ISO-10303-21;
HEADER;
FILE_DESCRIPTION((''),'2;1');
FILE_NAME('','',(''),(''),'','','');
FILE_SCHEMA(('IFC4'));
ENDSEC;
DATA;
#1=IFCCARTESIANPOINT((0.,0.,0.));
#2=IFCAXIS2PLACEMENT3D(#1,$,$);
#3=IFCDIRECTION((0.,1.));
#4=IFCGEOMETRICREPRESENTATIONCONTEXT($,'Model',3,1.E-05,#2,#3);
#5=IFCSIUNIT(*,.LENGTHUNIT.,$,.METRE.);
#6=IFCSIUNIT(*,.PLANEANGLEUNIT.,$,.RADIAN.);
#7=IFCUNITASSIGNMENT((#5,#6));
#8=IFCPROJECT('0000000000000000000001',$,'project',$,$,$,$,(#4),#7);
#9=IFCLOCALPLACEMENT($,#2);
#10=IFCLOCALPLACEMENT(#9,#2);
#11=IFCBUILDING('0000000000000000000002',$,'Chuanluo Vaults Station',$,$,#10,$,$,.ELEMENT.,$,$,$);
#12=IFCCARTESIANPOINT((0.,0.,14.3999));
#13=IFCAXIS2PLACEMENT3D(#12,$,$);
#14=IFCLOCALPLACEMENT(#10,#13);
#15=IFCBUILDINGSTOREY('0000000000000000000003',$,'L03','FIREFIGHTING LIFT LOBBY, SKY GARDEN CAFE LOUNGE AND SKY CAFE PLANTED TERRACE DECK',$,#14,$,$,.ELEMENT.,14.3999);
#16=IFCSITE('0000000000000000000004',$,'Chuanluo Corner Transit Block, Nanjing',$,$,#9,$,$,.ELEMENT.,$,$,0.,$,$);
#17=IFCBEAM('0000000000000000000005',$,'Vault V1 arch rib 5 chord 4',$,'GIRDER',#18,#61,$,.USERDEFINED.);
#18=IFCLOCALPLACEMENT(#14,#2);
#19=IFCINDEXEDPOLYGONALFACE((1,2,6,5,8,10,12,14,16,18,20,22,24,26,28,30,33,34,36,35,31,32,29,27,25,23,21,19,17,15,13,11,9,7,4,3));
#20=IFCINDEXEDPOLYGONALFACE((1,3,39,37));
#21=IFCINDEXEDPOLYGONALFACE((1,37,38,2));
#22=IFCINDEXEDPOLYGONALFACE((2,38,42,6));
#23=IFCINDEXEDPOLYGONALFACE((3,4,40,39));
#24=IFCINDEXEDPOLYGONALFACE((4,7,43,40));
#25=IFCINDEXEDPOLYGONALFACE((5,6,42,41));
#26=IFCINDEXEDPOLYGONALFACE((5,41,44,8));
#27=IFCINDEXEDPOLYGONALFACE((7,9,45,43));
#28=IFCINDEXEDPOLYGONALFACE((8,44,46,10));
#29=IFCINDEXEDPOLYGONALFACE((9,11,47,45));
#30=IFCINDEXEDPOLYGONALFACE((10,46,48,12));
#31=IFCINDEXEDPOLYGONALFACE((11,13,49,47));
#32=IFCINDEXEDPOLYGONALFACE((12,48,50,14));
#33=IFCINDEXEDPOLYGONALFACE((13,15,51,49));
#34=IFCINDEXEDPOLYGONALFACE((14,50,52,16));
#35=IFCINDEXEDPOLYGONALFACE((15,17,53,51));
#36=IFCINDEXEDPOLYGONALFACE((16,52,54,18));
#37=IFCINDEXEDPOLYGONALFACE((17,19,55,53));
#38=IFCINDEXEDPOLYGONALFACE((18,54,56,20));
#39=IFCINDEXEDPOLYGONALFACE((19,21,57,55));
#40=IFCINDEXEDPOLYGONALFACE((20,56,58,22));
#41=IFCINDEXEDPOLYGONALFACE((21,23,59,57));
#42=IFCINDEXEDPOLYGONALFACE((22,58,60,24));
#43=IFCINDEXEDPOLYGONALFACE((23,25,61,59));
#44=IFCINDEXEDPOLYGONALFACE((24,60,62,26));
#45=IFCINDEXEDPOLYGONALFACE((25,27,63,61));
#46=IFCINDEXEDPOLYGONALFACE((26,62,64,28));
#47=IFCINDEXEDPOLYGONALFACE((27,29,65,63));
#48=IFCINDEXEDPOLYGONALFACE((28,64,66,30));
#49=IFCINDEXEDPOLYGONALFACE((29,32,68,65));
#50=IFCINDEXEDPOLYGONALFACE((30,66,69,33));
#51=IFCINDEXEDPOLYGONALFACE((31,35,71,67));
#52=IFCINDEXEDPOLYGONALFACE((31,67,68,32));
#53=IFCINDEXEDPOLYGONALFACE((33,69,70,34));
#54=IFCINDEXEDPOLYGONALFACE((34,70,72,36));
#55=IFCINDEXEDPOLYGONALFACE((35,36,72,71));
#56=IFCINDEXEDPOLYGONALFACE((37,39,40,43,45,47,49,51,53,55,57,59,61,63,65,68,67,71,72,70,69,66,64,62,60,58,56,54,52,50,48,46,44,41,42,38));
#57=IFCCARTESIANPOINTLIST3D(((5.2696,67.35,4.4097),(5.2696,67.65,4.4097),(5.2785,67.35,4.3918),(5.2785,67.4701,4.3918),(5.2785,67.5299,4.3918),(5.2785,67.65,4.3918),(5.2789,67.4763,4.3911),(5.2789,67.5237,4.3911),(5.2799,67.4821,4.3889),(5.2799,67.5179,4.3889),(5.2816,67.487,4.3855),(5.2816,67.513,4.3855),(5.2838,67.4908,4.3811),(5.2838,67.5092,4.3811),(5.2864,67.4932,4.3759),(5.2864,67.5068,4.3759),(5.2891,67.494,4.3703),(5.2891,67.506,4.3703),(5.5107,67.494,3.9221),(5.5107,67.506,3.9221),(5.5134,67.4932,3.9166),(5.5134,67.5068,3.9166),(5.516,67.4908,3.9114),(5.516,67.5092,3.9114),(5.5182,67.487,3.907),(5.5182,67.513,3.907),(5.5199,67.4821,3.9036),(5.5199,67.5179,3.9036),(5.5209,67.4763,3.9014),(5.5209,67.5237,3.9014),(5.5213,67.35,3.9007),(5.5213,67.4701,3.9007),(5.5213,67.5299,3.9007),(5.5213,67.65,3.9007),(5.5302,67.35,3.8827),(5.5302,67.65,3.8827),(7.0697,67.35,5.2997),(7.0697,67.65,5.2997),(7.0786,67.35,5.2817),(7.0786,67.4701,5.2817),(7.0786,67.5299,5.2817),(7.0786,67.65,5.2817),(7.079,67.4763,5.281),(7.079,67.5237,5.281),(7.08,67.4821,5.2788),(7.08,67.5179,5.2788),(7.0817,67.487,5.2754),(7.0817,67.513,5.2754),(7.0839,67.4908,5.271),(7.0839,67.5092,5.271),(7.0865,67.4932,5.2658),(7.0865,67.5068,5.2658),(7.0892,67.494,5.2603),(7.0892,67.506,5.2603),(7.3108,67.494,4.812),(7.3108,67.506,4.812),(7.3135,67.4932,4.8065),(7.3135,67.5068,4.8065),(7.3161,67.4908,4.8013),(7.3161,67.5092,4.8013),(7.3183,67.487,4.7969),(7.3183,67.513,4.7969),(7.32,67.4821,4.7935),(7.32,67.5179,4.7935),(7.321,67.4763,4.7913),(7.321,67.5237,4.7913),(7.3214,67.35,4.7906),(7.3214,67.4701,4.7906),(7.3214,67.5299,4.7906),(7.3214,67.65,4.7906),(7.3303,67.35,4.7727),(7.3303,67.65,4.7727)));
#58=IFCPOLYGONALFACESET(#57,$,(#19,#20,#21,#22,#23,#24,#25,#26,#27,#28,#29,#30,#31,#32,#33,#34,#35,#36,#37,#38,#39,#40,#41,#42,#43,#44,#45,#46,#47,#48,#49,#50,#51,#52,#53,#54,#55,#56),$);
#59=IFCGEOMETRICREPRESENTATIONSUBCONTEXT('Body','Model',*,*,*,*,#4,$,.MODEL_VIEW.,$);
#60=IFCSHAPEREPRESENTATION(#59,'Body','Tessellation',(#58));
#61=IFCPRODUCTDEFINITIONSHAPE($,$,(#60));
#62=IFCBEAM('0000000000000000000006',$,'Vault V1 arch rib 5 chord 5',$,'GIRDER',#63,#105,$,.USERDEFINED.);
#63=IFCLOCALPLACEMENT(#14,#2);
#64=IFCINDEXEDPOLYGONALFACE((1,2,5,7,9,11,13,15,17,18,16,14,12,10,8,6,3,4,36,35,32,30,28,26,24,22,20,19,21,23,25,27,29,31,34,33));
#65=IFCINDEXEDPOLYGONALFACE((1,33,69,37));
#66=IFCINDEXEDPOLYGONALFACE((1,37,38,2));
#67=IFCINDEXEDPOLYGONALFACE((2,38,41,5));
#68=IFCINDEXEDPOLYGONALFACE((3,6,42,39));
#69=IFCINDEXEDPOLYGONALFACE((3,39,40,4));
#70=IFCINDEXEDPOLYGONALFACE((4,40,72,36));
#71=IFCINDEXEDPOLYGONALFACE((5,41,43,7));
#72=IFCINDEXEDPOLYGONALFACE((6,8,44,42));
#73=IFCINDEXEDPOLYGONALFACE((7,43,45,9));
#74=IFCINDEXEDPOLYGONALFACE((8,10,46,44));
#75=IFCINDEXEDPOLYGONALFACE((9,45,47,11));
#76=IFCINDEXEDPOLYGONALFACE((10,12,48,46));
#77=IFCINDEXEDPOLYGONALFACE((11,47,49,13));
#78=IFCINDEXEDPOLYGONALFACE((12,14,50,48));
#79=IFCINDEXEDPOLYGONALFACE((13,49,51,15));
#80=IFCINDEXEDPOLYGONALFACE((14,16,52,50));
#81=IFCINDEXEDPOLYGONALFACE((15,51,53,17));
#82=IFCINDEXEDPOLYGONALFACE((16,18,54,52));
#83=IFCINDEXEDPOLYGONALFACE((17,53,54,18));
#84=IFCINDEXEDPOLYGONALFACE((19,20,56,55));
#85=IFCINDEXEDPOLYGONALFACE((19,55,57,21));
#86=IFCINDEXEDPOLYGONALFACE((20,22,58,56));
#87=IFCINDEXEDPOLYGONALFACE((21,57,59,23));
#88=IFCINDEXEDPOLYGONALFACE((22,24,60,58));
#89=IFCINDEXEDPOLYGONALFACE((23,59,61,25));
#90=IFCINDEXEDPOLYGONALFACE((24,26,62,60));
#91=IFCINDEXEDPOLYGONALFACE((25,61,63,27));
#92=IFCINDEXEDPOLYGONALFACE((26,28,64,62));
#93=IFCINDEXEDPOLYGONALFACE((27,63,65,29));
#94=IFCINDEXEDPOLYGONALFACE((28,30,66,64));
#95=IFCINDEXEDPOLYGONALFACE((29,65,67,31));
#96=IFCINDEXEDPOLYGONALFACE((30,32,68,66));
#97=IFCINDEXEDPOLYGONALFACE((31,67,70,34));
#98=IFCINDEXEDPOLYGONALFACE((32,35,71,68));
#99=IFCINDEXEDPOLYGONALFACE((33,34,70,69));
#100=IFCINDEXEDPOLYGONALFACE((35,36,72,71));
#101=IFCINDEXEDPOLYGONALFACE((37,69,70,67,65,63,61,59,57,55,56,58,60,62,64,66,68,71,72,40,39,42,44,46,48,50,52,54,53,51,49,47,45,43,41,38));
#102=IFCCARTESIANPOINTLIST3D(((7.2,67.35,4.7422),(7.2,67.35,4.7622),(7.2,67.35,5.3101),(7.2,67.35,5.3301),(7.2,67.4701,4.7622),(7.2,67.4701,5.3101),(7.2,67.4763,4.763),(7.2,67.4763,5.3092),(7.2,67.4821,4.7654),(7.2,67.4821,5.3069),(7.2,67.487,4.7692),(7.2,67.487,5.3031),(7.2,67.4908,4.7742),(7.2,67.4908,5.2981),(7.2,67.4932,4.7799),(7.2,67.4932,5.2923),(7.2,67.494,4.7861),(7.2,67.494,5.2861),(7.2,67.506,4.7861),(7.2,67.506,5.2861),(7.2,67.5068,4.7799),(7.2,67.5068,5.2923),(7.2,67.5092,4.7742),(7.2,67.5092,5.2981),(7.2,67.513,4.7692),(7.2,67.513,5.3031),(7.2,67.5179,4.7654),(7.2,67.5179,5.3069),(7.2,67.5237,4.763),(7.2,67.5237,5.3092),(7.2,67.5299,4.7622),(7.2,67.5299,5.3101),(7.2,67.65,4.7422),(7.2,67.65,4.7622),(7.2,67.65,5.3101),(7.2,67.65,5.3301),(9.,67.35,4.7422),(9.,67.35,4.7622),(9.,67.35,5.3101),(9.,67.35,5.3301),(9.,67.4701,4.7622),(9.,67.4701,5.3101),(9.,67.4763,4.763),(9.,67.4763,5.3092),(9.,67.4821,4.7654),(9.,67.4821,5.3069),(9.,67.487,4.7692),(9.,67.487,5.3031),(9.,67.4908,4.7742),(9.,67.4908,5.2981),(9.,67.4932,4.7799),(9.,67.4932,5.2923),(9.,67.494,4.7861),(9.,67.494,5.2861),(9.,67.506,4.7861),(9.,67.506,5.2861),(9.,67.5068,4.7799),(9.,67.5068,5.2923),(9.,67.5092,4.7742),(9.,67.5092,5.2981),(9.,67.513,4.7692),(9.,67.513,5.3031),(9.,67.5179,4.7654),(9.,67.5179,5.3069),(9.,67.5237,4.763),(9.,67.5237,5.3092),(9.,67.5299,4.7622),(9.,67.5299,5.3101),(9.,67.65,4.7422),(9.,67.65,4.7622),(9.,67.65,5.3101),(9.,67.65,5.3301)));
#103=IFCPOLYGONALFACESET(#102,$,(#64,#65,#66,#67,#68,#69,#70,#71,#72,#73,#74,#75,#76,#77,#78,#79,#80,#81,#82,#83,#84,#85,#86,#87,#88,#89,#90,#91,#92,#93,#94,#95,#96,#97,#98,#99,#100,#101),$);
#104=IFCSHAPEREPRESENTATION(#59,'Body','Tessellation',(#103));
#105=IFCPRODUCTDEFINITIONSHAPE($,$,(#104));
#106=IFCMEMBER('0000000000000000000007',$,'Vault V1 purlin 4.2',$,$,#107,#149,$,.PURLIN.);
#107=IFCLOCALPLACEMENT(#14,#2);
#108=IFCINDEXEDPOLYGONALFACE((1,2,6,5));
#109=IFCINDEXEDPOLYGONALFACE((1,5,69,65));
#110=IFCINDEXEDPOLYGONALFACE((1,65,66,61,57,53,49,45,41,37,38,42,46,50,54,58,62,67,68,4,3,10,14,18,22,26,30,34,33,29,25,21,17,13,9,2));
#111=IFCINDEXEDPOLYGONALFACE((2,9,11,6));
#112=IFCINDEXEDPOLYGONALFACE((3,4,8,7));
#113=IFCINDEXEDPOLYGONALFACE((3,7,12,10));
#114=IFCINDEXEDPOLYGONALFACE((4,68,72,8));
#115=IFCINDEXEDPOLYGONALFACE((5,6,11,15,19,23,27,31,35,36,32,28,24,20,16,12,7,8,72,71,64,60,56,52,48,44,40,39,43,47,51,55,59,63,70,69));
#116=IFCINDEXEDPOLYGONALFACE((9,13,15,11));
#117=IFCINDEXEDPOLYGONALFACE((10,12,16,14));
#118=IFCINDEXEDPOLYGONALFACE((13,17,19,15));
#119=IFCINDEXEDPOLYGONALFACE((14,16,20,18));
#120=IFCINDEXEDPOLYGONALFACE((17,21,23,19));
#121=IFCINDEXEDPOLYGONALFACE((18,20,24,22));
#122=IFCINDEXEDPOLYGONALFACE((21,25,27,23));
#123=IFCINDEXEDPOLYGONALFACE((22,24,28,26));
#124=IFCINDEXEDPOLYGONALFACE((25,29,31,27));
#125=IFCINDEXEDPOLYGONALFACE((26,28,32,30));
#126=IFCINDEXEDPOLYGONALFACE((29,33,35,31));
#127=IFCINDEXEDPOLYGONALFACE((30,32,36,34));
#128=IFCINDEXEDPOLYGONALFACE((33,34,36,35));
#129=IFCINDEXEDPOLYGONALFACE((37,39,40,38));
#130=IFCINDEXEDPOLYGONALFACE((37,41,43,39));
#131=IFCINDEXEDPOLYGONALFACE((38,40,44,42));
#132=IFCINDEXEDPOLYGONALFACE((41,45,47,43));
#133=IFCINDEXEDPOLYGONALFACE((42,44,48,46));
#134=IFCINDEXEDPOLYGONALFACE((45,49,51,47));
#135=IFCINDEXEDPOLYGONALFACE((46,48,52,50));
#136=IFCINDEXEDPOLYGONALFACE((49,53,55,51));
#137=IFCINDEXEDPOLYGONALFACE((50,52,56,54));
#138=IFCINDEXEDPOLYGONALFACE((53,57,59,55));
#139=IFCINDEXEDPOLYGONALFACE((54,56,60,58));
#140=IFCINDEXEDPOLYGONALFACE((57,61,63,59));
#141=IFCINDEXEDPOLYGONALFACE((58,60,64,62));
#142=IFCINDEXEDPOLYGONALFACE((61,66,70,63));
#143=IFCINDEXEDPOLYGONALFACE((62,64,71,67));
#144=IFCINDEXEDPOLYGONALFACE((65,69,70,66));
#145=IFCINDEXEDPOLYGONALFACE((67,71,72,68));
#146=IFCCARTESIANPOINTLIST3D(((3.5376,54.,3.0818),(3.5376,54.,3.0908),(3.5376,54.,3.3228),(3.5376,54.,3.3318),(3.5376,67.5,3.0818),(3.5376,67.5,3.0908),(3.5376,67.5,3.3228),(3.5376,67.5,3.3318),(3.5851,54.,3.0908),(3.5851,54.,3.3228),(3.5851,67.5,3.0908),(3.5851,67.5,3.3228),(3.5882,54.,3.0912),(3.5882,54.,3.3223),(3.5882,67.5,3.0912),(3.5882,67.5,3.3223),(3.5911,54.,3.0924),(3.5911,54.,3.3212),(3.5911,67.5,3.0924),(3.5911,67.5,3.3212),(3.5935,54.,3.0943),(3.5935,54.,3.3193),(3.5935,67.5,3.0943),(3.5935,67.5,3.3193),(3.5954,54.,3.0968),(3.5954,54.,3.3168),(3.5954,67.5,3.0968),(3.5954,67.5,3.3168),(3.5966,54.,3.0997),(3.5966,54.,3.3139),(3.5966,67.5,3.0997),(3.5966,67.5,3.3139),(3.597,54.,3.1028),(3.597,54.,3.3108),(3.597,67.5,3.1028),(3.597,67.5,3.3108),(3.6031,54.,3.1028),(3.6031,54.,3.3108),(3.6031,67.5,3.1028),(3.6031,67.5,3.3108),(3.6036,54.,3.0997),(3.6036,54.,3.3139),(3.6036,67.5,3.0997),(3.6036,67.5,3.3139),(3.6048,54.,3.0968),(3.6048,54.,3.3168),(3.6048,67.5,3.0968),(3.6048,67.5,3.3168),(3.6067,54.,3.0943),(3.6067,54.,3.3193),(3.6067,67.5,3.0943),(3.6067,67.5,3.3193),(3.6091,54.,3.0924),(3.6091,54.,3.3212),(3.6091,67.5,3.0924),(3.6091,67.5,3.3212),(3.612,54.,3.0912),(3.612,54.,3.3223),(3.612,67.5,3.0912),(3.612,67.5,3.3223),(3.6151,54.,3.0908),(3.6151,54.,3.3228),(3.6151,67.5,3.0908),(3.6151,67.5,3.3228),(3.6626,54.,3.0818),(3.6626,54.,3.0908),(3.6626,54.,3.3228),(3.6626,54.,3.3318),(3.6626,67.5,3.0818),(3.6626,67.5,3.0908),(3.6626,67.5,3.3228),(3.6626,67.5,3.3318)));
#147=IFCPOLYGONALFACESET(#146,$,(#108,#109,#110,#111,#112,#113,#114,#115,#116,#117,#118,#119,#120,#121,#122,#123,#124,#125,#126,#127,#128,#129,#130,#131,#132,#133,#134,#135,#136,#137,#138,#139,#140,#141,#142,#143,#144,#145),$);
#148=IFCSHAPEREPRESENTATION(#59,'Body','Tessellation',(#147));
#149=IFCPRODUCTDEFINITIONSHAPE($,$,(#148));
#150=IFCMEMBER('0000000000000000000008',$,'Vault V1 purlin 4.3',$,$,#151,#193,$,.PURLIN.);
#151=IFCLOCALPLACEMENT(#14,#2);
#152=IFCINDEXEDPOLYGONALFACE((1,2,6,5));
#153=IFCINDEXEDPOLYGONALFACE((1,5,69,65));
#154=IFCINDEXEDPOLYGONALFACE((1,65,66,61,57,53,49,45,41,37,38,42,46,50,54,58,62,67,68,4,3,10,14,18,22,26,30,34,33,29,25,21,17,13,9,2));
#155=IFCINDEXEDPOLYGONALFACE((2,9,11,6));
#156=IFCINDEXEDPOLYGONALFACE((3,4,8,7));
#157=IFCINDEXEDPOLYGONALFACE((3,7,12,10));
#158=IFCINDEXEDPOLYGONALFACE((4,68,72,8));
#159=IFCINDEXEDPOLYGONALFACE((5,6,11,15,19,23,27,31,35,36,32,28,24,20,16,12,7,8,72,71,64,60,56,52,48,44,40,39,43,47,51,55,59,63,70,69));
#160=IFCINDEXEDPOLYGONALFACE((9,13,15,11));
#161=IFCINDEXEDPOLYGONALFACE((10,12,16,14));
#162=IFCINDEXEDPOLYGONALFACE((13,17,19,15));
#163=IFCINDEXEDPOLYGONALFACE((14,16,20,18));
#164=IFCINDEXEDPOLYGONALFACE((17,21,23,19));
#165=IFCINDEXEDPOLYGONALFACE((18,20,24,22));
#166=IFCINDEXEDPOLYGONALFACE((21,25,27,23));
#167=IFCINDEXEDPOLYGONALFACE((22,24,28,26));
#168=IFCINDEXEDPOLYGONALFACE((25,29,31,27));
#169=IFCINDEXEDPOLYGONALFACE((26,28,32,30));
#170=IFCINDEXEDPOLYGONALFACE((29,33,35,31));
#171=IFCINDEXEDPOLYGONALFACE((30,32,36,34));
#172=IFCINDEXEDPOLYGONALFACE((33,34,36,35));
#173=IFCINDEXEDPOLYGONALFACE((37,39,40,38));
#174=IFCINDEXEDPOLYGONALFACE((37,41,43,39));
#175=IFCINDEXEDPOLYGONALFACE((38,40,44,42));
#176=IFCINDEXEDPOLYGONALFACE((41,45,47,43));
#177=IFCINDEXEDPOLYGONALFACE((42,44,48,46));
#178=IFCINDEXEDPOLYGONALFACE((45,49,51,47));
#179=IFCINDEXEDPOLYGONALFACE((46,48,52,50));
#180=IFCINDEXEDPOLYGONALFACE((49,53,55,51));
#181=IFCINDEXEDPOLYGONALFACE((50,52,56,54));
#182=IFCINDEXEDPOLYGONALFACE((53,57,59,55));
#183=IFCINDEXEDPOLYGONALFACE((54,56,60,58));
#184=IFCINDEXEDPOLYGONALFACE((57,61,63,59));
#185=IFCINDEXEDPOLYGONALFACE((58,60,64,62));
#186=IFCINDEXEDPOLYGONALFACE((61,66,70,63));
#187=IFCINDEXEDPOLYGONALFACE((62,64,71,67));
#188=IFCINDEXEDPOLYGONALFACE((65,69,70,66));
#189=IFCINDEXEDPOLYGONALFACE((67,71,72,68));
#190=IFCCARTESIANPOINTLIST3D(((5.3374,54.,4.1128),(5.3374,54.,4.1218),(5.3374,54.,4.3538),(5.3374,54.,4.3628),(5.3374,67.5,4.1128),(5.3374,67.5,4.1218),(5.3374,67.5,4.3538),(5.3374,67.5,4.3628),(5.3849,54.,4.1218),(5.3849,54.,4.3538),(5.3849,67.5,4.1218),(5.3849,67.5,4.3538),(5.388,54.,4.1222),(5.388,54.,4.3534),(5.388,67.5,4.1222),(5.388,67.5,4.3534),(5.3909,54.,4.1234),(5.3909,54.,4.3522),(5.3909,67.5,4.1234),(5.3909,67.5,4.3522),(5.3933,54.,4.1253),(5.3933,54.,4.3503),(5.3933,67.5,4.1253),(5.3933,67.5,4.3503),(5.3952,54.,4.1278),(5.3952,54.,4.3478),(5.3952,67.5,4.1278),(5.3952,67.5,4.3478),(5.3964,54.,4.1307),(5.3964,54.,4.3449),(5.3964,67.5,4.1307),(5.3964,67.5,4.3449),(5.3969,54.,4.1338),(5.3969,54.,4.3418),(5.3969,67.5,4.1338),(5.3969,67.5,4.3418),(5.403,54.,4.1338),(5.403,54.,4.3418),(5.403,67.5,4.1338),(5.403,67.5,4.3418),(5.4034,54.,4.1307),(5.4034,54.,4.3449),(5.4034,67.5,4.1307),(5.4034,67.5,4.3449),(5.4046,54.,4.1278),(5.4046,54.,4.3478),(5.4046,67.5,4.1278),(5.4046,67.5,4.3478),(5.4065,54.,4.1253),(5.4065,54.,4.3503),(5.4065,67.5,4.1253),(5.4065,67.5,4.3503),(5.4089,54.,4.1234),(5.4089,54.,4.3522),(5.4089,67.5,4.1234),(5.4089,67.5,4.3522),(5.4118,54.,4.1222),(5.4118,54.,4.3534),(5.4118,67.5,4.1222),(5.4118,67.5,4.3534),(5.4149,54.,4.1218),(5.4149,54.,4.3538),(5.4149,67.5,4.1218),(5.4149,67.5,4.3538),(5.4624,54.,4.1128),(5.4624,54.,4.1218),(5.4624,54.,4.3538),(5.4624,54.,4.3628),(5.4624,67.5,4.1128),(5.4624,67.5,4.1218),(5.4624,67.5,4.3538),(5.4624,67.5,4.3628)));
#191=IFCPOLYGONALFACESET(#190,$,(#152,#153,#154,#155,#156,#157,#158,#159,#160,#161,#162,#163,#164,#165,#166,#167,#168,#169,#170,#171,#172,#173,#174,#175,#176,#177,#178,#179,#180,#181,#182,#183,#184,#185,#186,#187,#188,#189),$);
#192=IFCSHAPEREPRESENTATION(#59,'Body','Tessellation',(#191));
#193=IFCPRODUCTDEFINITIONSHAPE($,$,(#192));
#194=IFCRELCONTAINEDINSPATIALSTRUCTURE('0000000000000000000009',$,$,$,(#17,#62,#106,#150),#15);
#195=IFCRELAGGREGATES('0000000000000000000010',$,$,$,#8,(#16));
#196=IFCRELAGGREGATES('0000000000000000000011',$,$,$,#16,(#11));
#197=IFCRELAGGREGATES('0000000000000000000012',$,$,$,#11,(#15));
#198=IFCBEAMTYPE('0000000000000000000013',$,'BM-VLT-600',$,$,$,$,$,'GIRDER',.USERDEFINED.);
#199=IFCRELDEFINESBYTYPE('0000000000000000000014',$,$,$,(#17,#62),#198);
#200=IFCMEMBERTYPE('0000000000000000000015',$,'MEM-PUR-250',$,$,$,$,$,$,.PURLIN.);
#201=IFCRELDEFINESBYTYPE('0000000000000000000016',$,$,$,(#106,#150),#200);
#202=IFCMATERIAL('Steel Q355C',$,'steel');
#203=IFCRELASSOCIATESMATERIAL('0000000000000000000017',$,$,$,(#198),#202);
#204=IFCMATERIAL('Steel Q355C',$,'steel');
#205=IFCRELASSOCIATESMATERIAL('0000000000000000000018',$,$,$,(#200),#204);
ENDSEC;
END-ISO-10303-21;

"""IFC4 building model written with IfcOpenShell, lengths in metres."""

from ifc_helpers import new_model, si_unit, direction, frame, origin, origin_2d, place, context, subcontext, project, spatial, i_section, extrude, material, material_profile, profile_set, type_object, element, save


model = new_model("IFC4")

# Units and contexts
model_context = context("Model", 3, precision=1e-05, world=origin(), true_north=direction((0.0, 1.0)))
body_context = subcontext(model_context, "Body", "Model", "MODEL_VIEW")
ifc_project = project(units=[si_unit("LENGTHUNIT", "METRE"), si_unit("PLANEANGLEUNIT", "RADIAN")], contexts=[model_context])

# Site, building, storey
site_placement = place(None, origin())
site = spatial("IfcSite", under=ifc_project, at=site_placement, Name="Chuanluo Corner Transit Block, Nanjing", CompositionType="ELEMENT", RefElevation=0.0)
building_placement = place(site_placement, origin())
building = spatial("IfcBuilding", under=site, at=building_placement, Name="Chuanluo Vaults Station", CompositionType="ELEMENT")
storey_placement = place(building_placement, frame((0.0, 0.0, 14.3999)))
storey = spatial("IfcBuildingStorey", under=building, at=storey_placement, Name="L03", Description="FIREFIGHTING LIFT LOBBY, SKY GARDEN CAFE LOUNGE AND SKY CAFE PLANTED TERRACE DECK", CompositionType="ELEMENT", Elevation=14.3999)

# Beams
ifc_material_1 = material(Name="Steel Q355C", Category="steel")
ifc_material_profile_1 = material_profile(ifc_material_1, i_section(OverallWidth=0.3, OverallDepth=0.5879, WebThickness=0.012, FlangeThickness=0.02, FilletRadius=0.0239, at=origin_2d()))
ifc_profile_set_1 = profile_set([ifc_material_profile_1], Name="Steel Q355C")
beam_type_1 = type_object("IfcBeamType", Name="BM-VLT-600", ElementType="GIRDER", PredefinedType="USERDEFINED", material=ifc_profile_set_1)
beam_1_placement = place(storey_placement, frame((5.3999, 67.5, 4.1462), z_axis=(0.896436, 0.0, 0.443172), x_axis=(0.0, 1.0, 0.0)))
element("IfcBeam", 1, at=beam_1_placement, inside=storey, type_object=beam_type_1, Name="Vault V1 arch rib 5 chord 4", ObjectType="GIRDER", PredefinedType="USERDEFINED", context=body_context, shape_type="SweptSolid", body=[
    extrude(i_section(OverallWidth=0.3, OverallDepth=0.5879, WebThickness=0.012, FlangeThickness=0.02, FilletRadius=0.0239, at=origin_2d()), origin(), (0.0, 0.0, 1.0), 2.0081),
])
beam_2_placement = place(storey_placement, frame((7.2, 67.5, 5.0361), z_axis=(1.0, 0.0, 0.0), x_axis=(0.0, 1.0, 0.0)))
element("IfcBeam", 2, at=beam_2_placement, inside=storey, type_object=beam_type_1, Name="Vault V1 arch rib 5 chord 5", ObjectType="GIRDER", PredefinedType="USERDEFINED", context=body_context, shape_type="SweptSolid", body=[
    extrude(i_section(OverallWidth=0.3, OverallDepth=0.5879, WebThickness=0.012, FlangeThickness=0.02, FilletRadius=0.0239, at=origin_2d()), origin(), (0.0, 0.0, 1.0), 1.8),
])

# Members
ifc_material_2 = material(Name="Steel Q355C", Category="steel")
ifc_material_profile_2 = material_profile(ifc_material_2, i_section(OverallWidth=0.125, OverallDepth=0.25, WebThickness=0.0061, FlangeThickness=0.009, FilletRadius=0.012, at=origin_2d()))
ifc_profile_set_2 = profile_set([ifc_material_profile_2], Name="Steel Q355C")
member_type_1 = type_object("IfcMemberType", Name="MEM-PUR-250", PredefinedType="PURLIN", material=ifc_profile_set_2)
for number, where, z_axis, x_axis, name in (
    (3, (3.6001, 54.0, 3.2068), (0.0, 1.0, 0.0), (-1.0, 0.0, 0.0), "Vault V1 purlin 4.2"),
    (4, (5.3999, 54.0, 4.2378), (0.0, 1.0, 0.0), (-1.0, 0.0, 0.0), "Vault V1 purlin 4.3"),
):
    element("IfcMember", number, at=place(storey_placement, frame(where, z_axis=z_axis, x_axis=x_axis)), inside=storey, type_object=member_type_1, Name=name, PredefinedType="PURLIN", context=body_context, shape_type="SweptSolid", body=[
        extrude(i_section(OverallWidth=0.125, OverallDepth=0.25, WebThickness=0.0061, FlangeThickness=0.009, FilletRadius=0.012, at=origin_2d()), origin(), (0.0, 0.0, 1.0), 13.5),
    ])

save(model, "model.ifc")
